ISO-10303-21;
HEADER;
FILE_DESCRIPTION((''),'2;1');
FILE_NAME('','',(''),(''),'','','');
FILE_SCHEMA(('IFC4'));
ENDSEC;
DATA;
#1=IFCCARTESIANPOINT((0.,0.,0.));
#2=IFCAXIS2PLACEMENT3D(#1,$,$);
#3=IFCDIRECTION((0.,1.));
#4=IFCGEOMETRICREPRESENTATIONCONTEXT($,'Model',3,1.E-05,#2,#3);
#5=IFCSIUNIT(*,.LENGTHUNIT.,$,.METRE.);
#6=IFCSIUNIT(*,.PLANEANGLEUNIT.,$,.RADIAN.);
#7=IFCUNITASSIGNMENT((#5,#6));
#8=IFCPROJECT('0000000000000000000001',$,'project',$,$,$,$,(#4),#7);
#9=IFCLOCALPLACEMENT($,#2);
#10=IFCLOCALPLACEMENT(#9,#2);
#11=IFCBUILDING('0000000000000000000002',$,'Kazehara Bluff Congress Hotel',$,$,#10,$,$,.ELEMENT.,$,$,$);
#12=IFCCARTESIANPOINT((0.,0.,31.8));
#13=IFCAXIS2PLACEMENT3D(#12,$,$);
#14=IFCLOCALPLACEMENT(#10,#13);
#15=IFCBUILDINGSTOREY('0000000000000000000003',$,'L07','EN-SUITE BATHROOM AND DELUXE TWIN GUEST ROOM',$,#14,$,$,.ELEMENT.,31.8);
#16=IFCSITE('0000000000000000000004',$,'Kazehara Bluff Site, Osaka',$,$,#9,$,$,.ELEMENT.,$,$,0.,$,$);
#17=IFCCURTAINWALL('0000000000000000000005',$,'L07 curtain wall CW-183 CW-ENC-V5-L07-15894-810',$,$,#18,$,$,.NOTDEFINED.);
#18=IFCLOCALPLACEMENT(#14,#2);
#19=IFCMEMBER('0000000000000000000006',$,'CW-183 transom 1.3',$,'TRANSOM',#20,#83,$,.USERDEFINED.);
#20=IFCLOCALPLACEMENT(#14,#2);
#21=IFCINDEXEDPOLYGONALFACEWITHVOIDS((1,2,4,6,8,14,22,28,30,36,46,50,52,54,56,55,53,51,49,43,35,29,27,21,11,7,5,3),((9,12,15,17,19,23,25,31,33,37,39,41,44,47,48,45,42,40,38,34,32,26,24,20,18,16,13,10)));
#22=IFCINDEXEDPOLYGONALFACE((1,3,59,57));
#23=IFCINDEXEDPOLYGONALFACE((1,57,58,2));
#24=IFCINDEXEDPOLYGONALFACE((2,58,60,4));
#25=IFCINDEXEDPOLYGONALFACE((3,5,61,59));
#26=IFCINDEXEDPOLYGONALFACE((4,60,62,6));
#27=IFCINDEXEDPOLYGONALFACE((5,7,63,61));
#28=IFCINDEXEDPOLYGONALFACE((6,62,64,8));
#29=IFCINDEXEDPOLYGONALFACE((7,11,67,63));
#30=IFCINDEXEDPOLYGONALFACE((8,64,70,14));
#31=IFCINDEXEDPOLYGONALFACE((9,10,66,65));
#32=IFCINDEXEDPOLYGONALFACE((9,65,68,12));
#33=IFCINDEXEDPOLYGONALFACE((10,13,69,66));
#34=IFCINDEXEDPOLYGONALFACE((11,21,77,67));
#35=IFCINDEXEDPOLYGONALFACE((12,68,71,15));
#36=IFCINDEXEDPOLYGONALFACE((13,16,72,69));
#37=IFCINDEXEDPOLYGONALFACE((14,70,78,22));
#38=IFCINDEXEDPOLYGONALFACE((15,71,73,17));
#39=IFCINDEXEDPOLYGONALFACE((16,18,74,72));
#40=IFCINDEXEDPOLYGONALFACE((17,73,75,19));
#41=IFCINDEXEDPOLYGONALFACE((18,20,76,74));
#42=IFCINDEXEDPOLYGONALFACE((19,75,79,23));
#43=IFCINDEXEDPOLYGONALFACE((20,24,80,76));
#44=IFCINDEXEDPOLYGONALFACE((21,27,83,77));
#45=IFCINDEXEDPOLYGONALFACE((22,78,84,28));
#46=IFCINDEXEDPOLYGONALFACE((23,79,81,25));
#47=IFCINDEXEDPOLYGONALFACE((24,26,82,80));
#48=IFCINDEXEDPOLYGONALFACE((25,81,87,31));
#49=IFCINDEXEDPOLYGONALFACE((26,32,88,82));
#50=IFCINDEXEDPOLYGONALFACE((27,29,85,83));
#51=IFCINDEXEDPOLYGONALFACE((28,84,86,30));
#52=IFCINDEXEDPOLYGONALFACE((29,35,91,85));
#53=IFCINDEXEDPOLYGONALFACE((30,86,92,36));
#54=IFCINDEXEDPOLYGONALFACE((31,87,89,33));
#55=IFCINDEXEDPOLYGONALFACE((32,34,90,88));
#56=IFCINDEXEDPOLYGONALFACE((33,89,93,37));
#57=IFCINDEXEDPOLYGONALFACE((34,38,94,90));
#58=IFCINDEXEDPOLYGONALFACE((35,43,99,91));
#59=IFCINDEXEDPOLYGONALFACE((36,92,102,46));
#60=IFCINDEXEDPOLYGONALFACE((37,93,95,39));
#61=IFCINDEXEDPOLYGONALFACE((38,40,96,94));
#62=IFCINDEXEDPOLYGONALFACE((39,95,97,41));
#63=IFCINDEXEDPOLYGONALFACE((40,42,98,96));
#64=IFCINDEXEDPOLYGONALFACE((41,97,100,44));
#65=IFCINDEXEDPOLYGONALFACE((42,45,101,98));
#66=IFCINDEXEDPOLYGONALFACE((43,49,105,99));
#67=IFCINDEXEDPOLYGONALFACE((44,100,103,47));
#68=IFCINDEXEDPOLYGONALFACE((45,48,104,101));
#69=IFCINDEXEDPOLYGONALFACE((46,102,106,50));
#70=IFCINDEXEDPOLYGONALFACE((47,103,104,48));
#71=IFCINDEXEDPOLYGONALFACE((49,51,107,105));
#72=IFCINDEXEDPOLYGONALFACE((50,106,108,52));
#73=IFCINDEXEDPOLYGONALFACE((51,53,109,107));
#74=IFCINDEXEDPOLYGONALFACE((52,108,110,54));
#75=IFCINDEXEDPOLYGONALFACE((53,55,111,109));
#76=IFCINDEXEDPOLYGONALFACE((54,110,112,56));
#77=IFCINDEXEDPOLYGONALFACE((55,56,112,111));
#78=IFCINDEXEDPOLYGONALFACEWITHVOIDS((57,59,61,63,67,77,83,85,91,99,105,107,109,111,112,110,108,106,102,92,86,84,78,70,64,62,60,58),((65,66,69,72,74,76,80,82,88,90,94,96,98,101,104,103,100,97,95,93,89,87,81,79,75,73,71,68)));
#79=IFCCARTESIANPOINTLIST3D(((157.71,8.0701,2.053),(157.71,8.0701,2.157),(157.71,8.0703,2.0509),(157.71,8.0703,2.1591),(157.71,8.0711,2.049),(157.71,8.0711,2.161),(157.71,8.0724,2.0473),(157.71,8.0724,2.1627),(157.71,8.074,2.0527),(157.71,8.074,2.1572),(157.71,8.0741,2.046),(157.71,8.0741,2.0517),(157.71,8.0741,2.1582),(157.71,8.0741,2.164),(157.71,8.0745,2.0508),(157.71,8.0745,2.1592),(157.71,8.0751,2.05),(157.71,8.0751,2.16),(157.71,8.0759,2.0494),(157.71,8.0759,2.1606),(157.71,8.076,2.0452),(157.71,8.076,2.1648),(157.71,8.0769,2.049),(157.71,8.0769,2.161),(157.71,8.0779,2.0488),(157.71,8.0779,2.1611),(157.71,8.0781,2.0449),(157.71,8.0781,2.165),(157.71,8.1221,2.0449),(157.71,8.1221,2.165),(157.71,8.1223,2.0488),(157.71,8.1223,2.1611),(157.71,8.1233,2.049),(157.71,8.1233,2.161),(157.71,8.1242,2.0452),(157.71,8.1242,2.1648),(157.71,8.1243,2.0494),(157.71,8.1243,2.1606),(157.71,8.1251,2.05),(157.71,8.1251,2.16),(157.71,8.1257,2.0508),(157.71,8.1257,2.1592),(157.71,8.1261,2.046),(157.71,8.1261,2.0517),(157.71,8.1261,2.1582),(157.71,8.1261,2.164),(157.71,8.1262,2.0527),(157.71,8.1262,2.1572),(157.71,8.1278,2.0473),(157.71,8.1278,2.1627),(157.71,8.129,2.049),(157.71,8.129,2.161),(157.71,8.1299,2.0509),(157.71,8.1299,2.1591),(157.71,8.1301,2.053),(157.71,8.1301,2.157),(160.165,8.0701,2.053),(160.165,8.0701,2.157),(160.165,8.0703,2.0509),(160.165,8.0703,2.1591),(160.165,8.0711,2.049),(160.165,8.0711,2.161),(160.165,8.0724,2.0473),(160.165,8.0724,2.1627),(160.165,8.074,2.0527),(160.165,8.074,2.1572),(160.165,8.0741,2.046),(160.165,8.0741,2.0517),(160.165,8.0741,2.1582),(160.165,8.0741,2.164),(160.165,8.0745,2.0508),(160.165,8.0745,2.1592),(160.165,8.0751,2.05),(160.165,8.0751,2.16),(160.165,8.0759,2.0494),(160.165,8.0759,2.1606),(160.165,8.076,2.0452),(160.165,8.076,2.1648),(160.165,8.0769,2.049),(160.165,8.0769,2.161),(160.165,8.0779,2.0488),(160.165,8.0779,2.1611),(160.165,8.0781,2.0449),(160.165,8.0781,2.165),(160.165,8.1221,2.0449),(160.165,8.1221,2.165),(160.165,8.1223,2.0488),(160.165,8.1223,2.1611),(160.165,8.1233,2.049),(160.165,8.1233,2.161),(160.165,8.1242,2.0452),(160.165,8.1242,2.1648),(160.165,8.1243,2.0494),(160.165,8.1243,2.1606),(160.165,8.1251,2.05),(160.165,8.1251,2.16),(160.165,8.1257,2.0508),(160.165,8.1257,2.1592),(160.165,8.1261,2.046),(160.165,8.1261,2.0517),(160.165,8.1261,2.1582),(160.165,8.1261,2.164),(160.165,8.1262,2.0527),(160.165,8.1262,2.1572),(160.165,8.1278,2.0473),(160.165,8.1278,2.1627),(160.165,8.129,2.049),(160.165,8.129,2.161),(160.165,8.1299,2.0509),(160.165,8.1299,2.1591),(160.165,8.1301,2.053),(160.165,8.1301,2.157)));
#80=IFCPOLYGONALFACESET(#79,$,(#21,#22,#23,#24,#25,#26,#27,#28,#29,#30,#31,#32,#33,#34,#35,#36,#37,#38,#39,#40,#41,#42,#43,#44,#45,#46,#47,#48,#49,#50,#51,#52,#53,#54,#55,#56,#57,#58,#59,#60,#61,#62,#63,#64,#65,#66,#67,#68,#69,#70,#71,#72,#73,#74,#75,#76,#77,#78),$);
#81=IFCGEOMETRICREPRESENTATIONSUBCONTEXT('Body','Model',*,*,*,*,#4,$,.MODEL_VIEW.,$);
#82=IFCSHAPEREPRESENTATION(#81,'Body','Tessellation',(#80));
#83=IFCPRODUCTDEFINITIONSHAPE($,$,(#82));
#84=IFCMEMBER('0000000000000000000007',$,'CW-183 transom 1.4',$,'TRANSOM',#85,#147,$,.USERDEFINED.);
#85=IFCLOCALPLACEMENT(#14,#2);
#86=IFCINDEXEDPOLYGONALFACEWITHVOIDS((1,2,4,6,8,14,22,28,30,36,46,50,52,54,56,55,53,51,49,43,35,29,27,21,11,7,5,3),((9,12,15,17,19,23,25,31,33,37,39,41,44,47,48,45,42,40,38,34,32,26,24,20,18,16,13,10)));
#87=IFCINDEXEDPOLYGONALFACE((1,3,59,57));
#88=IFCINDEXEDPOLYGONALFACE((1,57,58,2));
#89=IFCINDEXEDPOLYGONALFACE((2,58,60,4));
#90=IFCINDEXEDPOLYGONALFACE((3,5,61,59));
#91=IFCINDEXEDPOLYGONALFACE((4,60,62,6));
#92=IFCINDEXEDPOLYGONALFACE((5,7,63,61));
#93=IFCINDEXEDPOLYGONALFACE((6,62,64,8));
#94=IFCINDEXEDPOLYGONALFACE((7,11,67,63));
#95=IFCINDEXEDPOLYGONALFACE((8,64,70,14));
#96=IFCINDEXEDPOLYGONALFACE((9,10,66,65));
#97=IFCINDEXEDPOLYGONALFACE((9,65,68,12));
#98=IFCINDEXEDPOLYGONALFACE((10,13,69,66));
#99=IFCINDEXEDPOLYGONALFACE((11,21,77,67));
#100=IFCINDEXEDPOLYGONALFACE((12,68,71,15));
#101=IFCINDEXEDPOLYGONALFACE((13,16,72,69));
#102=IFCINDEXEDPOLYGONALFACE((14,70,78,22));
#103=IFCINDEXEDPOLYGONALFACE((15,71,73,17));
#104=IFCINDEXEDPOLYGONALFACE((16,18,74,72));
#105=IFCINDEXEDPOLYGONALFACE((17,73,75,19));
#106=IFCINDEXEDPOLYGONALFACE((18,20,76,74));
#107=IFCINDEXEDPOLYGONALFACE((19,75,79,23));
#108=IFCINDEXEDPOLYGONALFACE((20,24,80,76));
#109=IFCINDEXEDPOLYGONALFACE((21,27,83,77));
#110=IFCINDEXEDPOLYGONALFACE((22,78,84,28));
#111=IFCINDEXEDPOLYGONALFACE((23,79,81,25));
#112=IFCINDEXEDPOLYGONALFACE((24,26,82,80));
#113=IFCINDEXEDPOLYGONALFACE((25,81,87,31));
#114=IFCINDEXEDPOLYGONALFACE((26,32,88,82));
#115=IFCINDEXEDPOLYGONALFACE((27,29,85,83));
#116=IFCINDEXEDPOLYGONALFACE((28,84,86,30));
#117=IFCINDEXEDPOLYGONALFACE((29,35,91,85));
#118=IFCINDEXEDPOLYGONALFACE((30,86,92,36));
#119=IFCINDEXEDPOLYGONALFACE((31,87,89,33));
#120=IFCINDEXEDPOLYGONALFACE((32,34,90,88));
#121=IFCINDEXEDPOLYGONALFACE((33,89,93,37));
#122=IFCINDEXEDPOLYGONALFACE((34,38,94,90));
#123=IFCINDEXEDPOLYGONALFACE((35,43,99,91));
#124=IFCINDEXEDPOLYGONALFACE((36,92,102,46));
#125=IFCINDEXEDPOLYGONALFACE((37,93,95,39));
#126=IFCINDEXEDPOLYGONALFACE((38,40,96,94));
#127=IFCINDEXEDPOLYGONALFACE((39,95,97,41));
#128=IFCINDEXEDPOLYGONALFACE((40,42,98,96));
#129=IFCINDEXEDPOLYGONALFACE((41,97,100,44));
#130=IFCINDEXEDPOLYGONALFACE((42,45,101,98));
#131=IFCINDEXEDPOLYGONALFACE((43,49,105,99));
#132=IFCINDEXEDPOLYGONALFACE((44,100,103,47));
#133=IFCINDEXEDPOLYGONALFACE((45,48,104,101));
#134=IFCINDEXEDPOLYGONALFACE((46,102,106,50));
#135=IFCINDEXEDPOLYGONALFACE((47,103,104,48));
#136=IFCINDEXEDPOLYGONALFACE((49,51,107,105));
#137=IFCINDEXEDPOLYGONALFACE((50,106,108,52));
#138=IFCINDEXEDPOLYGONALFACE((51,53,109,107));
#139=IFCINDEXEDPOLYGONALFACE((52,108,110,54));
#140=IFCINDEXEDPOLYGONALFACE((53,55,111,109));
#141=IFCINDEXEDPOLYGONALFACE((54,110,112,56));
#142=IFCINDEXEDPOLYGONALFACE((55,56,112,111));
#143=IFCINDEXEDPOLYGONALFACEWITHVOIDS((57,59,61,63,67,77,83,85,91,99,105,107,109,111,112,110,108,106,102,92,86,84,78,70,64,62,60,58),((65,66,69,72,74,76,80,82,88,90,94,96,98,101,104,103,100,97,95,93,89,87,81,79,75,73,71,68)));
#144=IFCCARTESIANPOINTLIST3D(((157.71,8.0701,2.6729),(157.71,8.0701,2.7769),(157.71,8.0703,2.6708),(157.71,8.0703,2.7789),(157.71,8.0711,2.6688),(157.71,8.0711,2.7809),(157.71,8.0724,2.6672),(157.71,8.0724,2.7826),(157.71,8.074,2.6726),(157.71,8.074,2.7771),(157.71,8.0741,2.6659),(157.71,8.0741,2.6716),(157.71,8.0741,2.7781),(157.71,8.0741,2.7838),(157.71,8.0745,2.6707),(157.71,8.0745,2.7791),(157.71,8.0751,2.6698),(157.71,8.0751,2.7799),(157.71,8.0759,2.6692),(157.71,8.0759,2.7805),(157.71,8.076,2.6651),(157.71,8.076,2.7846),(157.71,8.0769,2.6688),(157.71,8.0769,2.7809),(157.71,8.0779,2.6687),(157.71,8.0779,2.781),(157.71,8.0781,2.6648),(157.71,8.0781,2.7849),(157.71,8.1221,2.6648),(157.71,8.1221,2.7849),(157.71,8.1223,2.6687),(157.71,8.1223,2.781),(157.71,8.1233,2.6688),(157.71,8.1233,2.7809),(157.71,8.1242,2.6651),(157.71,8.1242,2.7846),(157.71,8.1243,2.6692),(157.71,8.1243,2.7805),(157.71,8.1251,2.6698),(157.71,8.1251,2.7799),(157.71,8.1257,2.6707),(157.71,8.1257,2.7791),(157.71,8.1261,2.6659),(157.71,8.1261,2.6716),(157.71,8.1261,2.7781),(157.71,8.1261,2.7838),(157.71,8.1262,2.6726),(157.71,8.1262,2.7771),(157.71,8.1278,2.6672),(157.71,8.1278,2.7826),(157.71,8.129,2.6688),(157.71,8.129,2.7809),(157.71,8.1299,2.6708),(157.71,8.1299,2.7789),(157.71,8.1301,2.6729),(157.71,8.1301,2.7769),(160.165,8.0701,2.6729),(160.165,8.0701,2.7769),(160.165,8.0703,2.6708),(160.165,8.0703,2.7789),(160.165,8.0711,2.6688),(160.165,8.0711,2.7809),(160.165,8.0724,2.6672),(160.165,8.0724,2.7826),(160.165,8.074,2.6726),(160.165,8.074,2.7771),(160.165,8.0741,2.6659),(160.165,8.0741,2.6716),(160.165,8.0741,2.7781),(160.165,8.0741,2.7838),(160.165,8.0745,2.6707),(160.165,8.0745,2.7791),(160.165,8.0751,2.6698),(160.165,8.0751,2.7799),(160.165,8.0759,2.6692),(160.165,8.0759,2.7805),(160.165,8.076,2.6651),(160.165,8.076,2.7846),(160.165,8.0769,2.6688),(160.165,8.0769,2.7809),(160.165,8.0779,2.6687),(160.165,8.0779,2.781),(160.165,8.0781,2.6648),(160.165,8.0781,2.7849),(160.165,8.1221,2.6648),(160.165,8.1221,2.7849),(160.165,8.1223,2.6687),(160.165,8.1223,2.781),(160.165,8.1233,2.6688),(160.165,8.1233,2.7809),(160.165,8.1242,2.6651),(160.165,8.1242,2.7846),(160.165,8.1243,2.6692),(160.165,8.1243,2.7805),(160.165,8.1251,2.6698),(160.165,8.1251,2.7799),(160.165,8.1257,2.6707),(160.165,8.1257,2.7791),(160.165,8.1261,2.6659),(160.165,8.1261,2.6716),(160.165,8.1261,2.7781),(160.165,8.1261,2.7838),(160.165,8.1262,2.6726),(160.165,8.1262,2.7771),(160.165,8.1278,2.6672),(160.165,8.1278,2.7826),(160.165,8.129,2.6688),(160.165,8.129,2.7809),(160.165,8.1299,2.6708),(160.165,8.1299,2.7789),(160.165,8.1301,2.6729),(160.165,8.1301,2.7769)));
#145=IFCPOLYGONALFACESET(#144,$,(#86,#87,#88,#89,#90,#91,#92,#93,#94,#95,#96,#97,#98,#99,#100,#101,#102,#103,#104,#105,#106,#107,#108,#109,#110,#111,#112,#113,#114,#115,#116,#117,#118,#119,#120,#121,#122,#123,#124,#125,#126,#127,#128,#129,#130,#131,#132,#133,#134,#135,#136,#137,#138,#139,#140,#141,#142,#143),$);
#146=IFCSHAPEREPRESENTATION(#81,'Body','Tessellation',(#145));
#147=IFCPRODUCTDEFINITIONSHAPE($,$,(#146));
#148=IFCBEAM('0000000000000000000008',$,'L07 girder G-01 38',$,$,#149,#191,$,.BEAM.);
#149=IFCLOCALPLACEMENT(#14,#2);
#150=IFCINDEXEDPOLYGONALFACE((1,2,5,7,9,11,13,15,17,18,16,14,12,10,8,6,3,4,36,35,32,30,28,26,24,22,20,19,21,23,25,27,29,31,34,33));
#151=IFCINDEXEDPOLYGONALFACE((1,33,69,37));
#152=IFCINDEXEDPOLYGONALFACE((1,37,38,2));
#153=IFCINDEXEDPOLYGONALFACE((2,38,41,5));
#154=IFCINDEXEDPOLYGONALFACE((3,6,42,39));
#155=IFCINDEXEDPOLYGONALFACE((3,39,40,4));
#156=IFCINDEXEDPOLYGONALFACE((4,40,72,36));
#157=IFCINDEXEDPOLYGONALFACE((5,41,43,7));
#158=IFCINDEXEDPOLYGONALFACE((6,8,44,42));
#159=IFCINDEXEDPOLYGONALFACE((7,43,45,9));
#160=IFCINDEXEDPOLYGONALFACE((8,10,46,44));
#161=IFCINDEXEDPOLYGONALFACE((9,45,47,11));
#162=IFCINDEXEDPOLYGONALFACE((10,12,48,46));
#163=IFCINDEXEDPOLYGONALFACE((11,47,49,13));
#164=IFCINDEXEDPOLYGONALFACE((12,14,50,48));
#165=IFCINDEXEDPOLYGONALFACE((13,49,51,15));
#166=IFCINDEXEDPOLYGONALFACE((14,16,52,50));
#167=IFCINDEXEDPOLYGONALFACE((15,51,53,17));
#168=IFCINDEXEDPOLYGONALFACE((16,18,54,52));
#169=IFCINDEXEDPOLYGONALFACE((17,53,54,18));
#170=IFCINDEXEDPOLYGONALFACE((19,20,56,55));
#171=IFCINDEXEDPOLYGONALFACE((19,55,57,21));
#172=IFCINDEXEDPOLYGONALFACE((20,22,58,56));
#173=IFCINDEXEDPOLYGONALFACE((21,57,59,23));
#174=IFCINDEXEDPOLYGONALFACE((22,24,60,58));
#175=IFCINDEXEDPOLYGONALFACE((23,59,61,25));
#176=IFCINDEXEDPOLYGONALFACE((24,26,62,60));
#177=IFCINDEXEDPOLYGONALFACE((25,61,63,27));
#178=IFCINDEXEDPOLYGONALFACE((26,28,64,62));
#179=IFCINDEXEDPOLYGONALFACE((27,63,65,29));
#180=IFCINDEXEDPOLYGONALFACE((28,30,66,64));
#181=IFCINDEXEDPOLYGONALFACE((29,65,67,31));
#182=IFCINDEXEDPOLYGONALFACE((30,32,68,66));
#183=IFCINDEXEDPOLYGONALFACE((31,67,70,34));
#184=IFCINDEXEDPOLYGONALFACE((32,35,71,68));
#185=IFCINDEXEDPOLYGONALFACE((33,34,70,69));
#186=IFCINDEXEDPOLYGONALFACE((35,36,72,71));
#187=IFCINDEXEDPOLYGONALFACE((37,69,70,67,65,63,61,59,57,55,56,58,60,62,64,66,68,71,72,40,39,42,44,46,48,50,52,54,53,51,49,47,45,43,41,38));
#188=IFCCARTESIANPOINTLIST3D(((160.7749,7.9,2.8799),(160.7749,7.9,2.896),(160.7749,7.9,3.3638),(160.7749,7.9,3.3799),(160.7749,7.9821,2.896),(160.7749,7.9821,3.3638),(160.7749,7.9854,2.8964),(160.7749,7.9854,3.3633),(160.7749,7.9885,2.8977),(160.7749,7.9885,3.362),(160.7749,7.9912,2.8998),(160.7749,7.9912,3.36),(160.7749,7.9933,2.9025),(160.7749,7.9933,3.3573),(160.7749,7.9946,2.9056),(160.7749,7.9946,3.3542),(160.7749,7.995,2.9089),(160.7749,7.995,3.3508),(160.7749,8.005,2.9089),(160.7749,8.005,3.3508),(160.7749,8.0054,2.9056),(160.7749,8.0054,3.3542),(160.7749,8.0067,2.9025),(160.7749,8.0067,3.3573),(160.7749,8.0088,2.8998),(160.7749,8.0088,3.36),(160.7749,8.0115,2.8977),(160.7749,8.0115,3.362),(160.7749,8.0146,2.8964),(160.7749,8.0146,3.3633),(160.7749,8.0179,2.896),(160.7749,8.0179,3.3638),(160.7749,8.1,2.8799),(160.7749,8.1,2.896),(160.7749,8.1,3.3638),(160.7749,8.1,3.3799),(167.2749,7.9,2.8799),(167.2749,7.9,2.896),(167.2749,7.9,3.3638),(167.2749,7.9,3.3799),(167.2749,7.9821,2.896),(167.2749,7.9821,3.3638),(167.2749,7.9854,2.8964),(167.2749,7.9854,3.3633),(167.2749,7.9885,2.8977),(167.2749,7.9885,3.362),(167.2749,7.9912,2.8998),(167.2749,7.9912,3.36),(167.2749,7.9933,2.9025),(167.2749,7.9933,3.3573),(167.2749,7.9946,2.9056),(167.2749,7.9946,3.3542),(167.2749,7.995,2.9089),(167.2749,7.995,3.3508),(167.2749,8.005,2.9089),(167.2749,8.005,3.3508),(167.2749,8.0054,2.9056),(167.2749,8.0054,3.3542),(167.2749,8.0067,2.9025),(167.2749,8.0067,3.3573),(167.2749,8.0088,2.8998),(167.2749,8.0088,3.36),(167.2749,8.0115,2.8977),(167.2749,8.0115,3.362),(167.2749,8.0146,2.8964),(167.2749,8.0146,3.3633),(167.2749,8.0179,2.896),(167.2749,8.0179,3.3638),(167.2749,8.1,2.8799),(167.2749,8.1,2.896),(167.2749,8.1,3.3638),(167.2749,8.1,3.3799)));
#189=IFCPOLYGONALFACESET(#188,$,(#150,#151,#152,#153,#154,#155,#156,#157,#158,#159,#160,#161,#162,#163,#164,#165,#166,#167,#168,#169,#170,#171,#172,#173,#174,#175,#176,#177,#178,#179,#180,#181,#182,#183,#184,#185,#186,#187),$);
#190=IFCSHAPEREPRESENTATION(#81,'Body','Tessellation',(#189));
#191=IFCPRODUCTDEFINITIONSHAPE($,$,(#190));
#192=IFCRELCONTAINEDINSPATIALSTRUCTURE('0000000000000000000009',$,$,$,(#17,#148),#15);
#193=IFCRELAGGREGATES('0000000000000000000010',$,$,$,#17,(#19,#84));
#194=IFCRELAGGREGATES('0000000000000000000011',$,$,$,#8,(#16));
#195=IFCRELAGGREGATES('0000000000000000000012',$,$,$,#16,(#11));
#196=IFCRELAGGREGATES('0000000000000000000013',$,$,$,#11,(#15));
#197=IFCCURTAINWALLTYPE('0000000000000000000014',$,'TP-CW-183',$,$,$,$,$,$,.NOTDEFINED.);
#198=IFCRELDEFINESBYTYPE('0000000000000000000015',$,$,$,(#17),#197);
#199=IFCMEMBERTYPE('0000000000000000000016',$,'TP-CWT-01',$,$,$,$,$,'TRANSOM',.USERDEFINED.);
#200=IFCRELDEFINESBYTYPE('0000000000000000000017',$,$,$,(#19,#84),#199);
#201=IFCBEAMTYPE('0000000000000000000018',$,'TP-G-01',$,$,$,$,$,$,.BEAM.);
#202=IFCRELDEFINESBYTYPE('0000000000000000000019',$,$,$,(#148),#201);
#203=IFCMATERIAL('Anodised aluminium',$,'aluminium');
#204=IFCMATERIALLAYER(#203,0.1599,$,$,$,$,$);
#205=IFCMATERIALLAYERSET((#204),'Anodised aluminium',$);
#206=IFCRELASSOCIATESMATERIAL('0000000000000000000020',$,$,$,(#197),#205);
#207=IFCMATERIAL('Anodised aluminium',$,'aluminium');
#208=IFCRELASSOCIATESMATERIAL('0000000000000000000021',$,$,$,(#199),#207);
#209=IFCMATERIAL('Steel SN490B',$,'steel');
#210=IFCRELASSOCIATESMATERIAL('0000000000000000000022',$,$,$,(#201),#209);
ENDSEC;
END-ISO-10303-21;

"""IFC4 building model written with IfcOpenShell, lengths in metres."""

from ifc_helpers import new_model, si_unit, direction, frame, origin, origin_2d, place, context, subcontext, project, spatial, hollow_rectangle, i_section, extrude, material, layer, layer_set, material_profile, profile_set, type_object, element, aggregate, save


model = new_model("IFC4")

# Units and contexts
model_context = context("Model", 3, precision=1e-05, world=origin(), true_north=direction((0.0, 1.0)))
body_context = subcontext(model_context, "Body", "Model", "MODEL_VIEW")
ifc_project = project(units=[si_unit("LENGTHUNIT", "METRE"), si_unit("PLANEANGLEUNIT", "RADIAN")], contexts=[model_context])

# Site, building, storey
site_placement = place(None, origin())
site = spatial("IfcSite", under=ifc_project, at=site_placement, Name="Kazehara Bluff Site, Osaka", CompositionType="ELEMENT", RefElevation=0.0)
building_placement = place(site_placement, origin())
building = spatial("IfcBuilding", under=site, at=building_placement, Name="Kazehara Bluff Congress Hotel", CompositionType="ELEMENT")
storey_placement = place(building_placement, frame((0.0, 0.0, 31.8)))
storey = spatial("IfcBuildingStorey", under=building, at=storey_placement, Name="L07", Description="EN-SUITE BATHROOM AND DELUXE TWIN GUEST ROOM", CompositionType="ELEMENT", Elevation=31.8)

# Curtain wall
ifc_material_1 = material(Name="Anodised aluminium", Category="aluminium")
ifc_layer_1 = layer(ifc_material_1, 0.1599)
ifc_layer_set_1 = layer_set([ifc_layer_1], Name="Anodised aluminium")
curtain_wall_type_1 = type_object("IfcCurtainWallType", Name="TP-CW-183", PredefinedType="NOTDEFINED", material=ifc_layer_set_1)
curtain_wall_1_placement = place(storey_placement, origin())
curtain_wall_1 = element("IfcCurtainWall", 1, at=curtain_wall_1_placement, inside=storey, type_object=curtain_wall_type_1, Name="L07 curtain wall CW-183 CW-ENC-V5-L07-15894-810", PredefinedType="NOTDEFINED")

# Members
ifc_material_2 = material(Name="Anodised aluminium", Category="aluminium")
ifc_material_profile_1 = material_profile(ifc_material_2, hollow_rectangle(XDim=0.0601, YDim=0.1201, WallThickness=0.0039, InnerFilletRadius=0.0039, OuterFilletRadius=0.0081, at=origin_2d()))
ifc_profile_set_1 = profile_set([ifc_material_profile_1], Name="Anodised aluminium")
member_type_1 = type_object("IfcMemberType", Name="TP-CWT-01", ElementType="TRANSOM", PredefinedType="USERDEFINED", material=ifc_profile_set_1)
member_1_placement = place(storey_placement, frame((160.165, 8.1001, 2.105), z_axis=(-1.0, 0.0, 0.0), x_axis=(0.0, -1.0, 0.0)))
member_1 = element("IfcMember", 2, at=member_1_placement, type_object=member_type_1, Name="CW-183 transom 1.3", ObjectType="TRANSOM", PredefinedType="USERDEFINED", context=body_context, shape_type="SweptSolid", body=[
    extrude(hollow_rectangle(XDim=0.0601, YDim=0.1201, WallThickness=0.0039, InnerFilletRadius=0.0039, OuterFilletRadius=0.0081, at=origin_2d()), origin(), (0.0, 0.0, 1.0), 2.4551),
])
member_2_placement = place(storey_placement, frame((160.165, 8.1001, 2.7249), z_axis=(-1.0, 0.0, 0.0), x_axis=(0.0, -1.0, 0.0)))
member_2 = element("IfcMember", 3, at=member_2_placement, type_object=member_type_1, Name="CW-183 transom 1.4", ObjectType="TRANSOM", PredefinedType="USERDEFINED", context=body_context, shape_type="SweptSolid", body=[
    extrude(hollow_rectangle(XDim=0.0601, YDim=0.1201, WallThickness=0.0039, InnerFilletRadius=0.0039, OuterFilletRadius=0.0081, at=origin_2d()), origin(), (0.0, 0.0, 1.0), 2.4551),
])

# Beam
ifc_material_3 = material(Name="Steel SN490B", Category="steel")
ifc_material_profile_2 = material_profile(ifc_material_3, i_section(OverallWidth=0.2, OverallDepth=0.5, WebThickness=0.01, FlangeThickness=0.0161, FilletRadius=0.0129, at=origin_2d()))
ifc_profile_set_2 = profile_set([ifc_material_profile_2], Name="Steel SN490B")
beam_type_1 = type_object("IfcBeamType", Name="TP-G-01", PredefinedType="BEAM", material=ifc_profile_set_2)
beam_1_placement = place(storey_placement, frame((160.7749, 8.0, 3.1299), z_axis=(1.0, 0.0, 0.0), x_axis=(0.0, 1.0, 0.0)))
element("IfcBeam", 4, at=beam_1_placement, inside=storey, type_object=beam_type_1, Name="L07 girder G-01 38", PredefinedType="BEAM", context=body_context, shape_type="SweptSolid", body=[
    extrude(i_section(OverallWidth=0.2, OverallDepth=0.5, WebThickness=0.01, FlangeThickness=0.0161, FilletRadius=0.0129, at=origin_2d()), origin(), (0.0, 0.0, 1.0), 6.5),
])

aggregate(curtain_wall_1, [member_1, member_2])

save(model, "model.ifc")
